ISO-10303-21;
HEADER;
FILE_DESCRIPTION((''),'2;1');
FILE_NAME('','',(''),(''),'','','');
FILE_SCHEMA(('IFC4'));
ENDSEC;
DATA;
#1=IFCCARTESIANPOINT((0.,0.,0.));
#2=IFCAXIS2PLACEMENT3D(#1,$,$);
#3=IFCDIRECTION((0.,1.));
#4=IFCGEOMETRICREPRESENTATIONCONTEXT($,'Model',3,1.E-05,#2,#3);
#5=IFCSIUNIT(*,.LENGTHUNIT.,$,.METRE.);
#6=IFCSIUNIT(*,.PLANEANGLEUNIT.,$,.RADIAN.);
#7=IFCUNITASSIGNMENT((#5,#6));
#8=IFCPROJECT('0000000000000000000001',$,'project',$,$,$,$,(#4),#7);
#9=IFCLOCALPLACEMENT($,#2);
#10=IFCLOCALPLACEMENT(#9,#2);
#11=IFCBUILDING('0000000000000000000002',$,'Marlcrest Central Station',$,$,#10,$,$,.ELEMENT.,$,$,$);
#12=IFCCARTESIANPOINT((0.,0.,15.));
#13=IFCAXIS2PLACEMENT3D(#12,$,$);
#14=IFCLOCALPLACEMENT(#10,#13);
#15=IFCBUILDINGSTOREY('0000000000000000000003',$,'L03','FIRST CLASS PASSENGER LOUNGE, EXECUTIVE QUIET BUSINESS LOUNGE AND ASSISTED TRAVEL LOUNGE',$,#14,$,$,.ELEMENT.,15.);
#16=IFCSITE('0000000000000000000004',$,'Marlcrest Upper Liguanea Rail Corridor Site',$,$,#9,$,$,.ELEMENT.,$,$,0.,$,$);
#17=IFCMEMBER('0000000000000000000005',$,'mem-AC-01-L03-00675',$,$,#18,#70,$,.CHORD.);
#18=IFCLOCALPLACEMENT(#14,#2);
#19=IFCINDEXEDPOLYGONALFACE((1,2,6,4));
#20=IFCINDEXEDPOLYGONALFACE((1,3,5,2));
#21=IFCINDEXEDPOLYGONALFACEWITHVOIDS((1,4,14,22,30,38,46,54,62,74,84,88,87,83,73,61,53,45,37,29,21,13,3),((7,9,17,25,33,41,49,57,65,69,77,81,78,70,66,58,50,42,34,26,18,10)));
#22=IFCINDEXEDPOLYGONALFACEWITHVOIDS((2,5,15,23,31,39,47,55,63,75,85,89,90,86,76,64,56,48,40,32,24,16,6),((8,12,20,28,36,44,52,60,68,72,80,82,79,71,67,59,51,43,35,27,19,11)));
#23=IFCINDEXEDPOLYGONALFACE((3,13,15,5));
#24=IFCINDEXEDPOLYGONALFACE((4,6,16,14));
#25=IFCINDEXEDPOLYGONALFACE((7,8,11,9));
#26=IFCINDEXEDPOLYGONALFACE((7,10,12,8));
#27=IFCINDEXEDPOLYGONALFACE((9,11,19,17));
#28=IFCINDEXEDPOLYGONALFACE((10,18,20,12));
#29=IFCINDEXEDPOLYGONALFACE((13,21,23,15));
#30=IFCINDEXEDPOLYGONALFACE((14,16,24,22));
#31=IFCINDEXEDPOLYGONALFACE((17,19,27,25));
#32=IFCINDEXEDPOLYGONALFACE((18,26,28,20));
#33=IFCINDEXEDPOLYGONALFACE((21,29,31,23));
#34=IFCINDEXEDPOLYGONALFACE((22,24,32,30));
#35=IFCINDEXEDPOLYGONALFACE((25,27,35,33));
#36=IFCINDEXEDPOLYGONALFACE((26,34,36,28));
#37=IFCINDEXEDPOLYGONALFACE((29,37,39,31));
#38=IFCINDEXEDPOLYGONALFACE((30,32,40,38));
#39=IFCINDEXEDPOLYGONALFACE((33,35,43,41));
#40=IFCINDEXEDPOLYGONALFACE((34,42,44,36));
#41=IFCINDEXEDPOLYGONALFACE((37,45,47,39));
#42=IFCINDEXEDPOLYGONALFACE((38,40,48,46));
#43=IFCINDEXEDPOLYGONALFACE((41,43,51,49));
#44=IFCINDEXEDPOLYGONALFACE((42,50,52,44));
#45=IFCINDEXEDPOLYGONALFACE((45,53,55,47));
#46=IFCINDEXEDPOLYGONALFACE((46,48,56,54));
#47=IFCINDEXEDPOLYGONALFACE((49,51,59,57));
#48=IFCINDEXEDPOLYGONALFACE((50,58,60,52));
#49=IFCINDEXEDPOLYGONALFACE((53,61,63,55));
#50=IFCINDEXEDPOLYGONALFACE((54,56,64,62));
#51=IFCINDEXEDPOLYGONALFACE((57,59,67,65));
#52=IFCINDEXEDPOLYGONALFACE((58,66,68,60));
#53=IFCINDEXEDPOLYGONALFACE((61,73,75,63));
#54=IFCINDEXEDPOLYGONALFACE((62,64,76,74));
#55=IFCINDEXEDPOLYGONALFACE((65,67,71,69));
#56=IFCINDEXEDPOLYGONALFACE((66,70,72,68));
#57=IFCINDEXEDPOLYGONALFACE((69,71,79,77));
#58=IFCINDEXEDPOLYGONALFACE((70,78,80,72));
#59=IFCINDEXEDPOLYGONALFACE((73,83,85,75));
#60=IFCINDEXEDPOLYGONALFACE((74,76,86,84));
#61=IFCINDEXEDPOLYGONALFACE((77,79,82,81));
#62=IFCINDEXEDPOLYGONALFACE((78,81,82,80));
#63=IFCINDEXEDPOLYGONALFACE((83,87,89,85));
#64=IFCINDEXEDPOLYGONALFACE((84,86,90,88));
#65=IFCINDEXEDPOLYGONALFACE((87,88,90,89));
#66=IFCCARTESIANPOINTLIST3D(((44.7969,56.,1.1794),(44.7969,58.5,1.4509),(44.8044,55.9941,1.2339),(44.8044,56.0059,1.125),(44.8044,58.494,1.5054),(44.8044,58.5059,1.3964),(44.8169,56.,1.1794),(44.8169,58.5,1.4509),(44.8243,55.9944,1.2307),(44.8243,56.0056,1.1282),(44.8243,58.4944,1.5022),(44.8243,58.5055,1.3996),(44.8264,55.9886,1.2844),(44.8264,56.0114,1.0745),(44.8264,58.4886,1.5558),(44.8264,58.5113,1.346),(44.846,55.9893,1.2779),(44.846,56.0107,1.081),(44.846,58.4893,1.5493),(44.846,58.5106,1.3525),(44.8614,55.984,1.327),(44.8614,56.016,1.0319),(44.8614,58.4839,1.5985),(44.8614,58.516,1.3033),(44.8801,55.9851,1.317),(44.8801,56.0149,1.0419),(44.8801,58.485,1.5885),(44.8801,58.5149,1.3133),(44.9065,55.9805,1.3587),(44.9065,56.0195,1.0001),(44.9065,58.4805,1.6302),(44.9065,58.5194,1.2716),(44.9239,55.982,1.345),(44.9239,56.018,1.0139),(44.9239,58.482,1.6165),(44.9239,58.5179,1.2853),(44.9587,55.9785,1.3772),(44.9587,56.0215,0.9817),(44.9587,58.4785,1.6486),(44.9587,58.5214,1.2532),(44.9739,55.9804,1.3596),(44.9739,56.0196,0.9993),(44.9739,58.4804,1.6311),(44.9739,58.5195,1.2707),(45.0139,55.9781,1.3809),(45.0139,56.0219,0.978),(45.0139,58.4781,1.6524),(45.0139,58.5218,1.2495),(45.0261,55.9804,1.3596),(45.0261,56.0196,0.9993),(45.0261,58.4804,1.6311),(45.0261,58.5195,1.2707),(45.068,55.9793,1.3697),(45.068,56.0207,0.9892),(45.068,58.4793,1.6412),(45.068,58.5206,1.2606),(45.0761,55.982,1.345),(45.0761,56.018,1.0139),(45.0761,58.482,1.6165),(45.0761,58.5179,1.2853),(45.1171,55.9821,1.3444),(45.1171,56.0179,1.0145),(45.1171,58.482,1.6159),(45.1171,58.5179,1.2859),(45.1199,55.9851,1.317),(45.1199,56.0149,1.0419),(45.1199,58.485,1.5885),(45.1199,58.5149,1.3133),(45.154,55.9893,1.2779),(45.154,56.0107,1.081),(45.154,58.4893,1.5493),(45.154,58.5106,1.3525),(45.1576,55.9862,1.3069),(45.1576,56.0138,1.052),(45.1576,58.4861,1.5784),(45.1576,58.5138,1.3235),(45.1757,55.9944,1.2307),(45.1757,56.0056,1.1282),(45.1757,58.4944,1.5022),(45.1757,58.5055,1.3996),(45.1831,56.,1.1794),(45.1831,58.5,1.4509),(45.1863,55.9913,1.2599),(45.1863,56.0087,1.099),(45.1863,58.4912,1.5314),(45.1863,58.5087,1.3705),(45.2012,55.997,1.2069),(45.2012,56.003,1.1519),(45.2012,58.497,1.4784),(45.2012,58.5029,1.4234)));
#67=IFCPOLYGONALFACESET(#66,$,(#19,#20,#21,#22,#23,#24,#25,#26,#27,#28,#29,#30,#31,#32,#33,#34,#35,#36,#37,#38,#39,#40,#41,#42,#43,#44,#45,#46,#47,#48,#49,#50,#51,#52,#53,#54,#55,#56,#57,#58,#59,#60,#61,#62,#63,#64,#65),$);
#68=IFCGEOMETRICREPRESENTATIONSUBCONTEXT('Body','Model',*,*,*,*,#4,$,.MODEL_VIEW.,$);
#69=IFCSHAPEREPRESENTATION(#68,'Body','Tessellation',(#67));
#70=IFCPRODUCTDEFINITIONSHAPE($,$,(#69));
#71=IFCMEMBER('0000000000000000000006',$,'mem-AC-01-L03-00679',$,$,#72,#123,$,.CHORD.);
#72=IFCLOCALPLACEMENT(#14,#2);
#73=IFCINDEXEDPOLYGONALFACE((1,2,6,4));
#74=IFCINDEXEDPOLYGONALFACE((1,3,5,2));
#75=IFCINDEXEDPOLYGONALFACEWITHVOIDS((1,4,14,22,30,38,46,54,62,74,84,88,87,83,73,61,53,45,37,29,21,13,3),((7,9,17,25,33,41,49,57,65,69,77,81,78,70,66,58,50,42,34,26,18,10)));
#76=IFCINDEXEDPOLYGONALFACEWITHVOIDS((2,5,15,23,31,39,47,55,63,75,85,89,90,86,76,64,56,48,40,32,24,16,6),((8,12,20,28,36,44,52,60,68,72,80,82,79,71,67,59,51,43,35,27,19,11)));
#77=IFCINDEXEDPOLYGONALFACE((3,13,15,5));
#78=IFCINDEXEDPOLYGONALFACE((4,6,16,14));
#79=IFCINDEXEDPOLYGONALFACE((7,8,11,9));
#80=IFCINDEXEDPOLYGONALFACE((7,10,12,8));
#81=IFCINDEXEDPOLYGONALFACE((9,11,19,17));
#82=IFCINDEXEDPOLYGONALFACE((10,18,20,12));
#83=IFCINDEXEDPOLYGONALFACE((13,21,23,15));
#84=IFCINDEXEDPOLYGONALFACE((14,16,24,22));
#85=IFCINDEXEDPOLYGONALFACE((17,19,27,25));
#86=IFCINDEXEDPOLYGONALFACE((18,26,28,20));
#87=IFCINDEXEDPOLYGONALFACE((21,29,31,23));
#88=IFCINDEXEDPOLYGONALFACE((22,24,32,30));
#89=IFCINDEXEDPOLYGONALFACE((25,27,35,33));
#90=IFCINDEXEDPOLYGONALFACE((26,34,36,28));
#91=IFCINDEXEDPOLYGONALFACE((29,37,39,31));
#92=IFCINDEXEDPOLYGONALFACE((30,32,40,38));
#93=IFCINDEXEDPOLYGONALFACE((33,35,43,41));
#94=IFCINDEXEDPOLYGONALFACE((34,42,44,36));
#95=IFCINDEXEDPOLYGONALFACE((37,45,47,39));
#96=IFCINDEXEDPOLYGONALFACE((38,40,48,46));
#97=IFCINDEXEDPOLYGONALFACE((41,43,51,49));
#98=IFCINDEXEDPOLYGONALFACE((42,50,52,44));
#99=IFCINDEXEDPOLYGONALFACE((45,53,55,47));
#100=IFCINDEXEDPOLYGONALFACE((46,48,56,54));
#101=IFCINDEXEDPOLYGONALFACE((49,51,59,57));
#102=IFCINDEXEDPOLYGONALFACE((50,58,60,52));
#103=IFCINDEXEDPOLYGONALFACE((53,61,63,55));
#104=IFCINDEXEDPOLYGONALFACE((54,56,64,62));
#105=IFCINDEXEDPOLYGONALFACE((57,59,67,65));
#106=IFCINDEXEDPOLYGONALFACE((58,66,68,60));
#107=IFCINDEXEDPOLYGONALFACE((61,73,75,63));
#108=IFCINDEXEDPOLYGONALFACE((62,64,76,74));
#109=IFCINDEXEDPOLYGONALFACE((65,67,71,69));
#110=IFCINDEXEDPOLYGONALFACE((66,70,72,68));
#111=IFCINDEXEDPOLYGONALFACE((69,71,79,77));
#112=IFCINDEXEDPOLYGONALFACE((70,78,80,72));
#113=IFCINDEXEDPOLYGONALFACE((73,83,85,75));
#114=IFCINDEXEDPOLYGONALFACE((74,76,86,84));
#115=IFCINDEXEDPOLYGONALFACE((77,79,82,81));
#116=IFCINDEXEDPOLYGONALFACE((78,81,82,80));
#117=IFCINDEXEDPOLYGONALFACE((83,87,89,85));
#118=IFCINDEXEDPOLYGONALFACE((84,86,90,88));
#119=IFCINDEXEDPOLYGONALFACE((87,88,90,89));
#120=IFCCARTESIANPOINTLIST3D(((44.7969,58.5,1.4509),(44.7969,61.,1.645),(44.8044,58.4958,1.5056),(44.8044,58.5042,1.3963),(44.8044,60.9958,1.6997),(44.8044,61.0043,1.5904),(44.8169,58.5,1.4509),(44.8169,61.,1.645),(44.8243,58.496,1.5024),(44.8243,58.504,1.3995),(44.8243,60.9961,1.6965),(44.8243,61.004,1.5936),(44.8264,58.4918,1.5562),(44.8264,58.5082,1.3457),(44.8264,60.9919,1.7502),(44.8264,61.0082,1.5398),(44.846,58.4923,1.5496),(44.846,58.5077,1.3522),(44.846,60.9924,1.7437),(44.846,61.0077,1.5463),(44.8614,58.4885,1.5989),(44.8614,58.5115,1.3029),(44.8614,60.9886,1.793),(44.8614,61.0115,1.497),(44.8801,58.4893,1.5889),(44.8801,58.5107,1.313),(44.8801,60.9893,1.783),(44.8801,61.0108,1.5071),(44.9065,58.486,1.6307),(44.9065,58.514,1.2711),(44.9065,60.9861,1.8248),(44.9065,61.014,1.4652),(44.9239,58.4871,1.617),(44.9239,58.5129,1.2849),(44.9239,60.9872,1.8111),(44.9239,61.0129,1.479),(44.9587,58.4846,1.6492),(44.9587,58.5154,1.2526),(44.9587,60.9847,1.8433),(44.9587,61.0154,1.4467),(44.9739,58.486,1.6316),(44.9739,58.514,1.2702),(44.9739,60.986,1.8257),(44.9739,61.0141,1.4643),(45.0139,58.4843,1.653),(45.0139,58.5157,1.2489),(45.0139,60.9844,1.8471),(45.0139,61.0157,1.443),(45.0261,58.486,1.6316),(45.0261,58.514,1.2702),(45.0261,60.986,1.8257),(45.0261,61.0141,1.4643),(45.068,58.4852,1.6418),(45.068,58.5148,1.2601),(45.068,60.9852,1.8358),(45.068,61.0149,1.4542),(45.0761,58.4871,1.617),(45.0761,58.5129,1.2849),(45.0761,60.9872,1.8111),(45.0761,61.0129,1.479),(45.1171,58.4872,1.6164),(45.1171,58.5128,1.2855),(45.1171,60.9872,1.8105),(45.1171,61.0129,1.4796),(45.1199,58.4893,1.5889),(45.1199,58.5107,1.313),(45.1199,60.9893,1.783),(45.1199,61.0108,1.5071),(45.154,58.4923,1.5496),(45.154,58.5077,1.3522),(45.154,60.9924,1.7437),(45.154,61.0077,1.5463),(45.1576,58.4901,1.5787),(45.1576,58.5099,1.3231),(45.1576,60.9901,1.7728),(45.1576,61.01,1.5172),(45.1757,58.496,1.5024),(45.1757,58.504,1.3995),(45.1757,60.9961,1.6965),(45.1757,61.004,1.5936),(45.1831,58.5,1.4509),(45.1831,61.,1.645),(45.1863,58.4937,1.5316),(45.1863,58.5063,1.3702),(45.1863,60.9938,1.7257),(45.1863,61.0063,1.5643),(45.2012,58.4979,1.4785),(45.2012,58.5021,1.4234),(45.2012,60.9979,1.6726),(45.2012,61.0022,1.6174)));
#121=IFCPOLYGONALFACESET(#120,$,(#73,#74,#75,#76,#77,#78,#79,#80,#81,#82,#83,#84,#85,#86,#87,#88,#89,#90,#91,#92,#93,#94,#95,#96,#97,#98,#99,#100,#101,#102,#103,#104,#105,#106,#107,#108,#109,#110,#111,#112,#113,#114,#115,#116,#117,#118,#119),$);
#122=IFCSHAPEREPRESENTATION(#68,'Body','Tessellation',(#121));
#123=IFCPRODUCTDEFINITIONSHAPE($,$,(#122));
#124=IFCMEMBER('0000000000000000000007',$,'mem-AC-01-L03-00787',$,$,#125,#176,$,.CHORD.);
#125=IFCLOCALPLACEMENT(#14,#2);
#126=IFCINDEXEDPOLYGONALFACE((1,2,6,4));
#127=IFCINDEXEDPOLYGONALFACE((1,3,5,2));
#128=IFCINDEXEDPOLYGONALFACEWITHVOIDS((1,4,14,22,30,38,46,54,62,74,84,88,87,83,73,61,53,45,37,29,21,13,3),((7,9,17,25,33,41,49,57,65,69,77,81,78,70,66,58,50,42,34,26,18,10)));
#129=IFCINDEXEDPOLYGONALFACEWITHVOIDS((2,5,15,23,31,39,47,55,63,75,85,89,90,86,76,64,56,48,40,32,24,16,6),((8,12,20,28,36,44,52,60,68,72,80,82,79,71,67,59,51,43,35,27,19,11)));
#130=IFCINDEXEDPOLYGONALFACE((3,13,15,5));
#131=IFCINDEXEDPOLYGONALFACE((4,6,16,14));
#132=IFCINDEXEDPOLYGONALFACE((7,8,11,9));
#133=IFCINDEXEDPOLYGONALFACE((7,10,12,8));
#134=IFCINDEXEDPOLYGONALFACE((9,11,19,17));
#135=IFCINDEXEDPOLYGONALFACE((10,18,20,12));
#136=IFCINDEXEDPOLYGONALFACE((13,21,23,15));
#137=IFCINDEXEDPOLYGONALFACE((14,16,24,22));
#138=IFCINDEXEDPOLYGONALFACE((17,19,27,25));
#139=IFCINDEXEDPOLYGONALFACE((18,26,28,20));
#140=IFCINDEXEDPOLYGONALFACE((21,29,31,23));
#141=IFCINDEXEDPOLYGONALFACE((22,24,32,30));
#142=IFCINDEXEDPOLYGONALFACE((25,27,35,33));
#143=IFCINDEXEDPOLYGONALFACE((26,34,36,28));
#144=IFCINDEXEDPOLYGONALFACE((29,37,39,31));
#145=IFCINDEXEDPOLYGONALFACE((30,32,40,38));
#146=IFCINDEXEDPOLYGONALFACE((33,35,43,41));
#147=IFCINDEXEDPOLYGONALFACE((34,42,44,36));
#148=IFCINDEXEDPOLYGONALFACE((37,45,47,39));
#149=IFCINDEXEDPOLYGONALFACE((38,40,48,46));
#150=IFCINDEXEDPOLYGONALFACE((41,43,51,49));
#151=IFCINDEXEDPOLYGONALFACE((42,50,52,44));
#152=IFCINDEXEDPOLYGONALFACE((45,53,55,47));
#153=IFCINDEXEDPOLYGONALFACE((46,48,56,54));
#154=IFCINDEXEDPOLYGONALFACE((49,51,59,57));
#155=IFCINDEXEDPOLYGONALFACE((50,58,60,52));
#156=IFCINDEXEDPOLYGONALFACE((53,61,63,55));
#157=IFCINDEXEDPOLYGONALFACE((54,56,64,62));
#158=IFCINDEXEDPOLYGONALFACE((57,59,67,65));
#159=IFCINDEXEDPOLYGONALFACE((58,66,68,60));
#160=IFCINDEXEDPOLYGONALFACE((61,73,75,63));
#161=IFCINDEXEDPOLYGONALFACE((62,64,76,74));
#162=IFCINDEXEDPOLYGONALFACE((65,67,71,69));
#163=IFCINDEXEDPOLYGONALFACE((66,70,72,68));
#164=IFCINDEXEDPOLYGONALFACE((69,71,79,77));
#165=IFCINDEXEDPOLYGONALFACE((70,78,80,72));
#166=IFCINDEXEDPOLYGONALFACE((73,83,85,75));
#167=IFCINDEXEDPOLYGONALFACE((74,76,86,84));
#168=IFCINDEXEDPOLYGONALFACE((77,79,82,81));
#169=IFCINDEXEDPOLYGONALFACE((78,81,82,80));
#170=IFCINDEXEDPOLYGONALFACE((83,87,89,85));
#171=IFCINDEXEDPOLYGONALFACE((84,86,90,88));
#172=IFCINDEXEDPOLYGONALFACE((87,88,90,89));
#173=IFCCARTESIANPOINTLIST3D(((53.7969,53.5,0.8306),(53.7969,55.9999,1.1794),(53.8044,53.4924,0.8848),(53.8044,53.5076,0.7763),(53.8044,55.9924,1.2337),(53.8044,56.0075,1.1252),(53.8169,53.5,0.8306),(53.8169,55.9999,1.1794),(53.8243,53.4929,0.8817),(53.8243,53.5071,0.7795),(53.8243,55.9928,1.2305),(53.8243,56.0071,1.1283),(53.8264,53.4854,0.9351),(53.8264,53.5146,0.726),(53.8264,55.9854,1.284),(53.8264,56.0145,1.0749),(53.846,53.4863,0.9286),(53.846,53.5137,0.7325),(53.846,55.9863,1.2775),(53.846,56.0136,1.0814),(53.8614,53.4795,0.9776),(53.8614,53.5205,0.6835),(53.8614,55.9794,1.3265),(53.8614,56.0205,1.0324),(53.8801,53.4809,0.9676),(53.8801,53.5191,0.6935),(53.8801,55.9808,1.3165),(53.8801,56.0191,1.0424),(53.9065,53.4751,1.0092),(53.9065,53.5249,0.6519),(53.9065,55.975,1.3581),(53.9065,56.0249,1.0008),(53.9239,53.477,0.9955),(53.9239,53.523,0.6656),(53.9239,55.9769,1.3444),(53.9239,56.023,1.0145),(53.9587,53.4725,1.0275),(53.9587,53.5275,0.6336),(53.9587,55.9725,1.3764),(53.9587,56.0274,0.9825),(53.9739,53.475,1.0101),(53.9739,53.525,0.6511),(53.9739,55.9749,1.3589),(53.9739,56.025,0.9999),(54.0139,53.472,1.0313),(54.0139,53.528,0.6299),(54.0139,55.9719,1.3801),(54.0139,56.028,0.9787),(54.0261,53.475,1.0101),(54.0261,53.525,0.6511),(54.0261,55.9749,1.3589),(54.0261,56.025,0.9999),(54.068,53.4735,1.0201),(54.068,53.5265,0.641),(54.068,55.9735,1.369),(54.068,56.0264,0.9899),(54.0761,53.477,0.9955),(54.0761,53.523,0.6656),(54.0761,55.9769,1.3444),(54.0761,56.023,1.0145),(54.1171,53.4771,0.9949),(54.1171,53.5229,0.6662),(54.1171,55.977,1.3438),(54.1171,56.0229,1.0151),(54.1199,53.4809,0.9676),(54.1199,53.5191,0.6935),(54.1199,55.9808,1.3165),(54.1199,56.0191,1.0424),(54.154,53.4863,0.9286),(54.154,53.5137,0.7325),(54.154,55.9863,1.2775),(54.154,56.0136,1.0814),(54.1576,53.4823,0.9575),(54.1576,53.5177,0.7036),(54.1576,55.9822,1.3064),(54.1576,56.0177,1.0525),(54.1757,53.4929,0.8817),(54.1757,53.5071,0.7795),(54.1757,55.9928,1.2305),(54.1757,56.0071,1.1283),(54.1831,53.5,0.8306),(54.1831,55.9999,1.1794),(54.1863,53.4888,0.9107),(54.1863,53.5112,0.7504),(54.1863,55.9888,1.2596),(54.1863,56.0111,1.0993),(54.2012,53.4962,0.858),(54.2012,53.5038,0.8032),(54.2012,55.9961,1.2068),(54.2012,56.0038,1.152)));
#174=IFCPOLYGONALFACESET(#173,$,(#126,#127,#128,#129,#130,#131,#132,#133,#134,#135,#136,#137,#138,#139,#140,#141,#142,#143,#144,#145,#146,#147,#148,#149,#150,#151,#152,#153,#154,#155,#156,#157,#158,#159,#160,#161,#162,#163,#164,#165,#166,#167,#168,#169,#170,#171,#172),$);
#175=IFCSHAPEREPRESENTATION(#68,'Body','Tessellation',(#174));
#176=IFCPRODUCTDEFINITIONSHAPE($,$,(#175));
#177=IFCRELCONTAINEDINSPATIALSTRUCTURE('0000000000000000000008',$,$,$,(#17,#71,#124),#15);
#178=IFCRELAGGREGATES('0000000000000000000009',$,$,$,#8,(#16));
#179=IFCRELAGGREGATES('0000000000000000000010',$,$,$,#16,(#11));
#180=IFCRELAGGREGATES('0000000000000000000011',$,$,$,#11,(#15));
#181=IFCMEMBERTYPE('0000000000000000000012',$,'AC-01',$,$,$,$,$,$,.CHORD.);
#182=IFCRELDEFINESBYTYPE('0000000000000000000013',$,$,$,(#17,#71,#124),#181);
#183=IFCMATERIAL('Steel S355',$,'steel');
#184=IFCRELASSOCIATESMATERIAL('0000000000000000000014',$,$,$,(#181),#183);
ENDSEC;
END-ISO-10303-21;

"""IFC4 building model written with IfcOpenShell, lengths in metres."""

from ifc_helpers import new_model, si_unit, direction, frame, origin, origin_2d, place, context, subcontext, project, spatial, hollow_circle, extrude, material, material_profile, profile_set, type_object, element, save


model = new_model("IFC4")

# Units and contexts
model_context = context("Model", 3, precision=1e-05, world=origin(), true_north=direction((0.0, 1.0)))
body_context = subcontext(model_context, "Body", "Model", "MODEL_VIEW")
ifc_project = project(units=[si_unit("LENGTHUNIT", "METRE"), si_unit("PLANEANGLEUNIT", "RADIAN")], contexts=[model_context])

# Site, building, storey
site_placement = place(None, origin())
site = spatial("IfcSite", under=ifc_project, at=site_placement, Name="Marlcrest Upper Liguanea Rail Corridor Site", CompositionType="ELEMENT", RefElevation=0.0)
building_placement = place(site_placement, origin())
building = spatial("IfcBuilding", under=site, at=building_placement, Name="Marlcrest Central Station", CompositionType="ELEMENT")
storey_placement = place(building_placement, frame((0.0, 0.0, 15.0)))
storey = spatial("IfcBuildingStorey", under=building, at=storey_placement, Name="L03", Description="FIRST CLASS PASSENGER LOUNGE, EXECUTIVE QUIET BUSINESS LOUNGE AND ASSISTED TRAVEL LOUNGE", CompositionType="ELEMENT", Elevation=15.0)

# Members
ifc_material_1 = material(Name="Steel S355", Category="steel")
ifc_material_profile_1 = material_profile(ifc_material_1, hollow_circle(Radius=0.2031, WallThickness=0.02, at=origin_2d()), Name="CHS 406.4x20")
ifc_profile_set_1 = profile_set([ifc_material_profile_1], Name="Steel S355")
member_type_1 = type_object("IfcMemberType", Name="AC-01", PredefinedType="CHORD", material=ifc_profile_set_1)
member_1_placement = place(storey_placement, frame((45.0, 56.0, 1.1794), z_axis=(0.0, 0.994155, 0.107959), x_axis=(-1.0, 0.0, 0.0)))
element("IfcMember", 1, at=member_1_placement, inside=storey, type_object=member_type_1, Name="mem-AC-01-L03-00675", PredefinedType="CHORD", context=body_context, shape_type="SweptSolid", body=[
    extrude(hollow_circle(Radius=0.2031, WallThickness=0.02, at=origin_2d()), origin(), (0.0, 0.0, 1.0), 2.5146),
])
member_2_placement = place(storey_placement, frame((45.0, 58.5, 1.4509), z_axis=(0.0, 0.997, 0.077404), x_axis=(-1.0, 0.0, 0.0)))
element("IfcMember", 2, at=member_2_placement, inside=storey, type_object=member_type_1, Name="mem-AC-01-L03-00679", PredefinedType="CHORD", context=body_context, shape_type="SweptSolid", body=[
    extrude(hollow_circle(Radius=0.2031, WallThickness=0.02, at=origin_2d()), origin(), (0.0, 0.0, 1.0), 2.5076),
])
member_3_placement = place(storey_placement, frame((54.0, 53.5, 0.8306), z_axis=(0.0, 0.990403, 0.138211), x_axis=(-1.0, 0.0, 0.0)))
element("IfcMember", 3, at=member_3_placement, inside=storey, type_object=member_type_1, Name="mem-AC-01-L03-00787", PredefinedType="CHORD", context=body_context, shape_type="SweptSolid", body=[
    extrude(hollow_circle(Radius=0.2031, WallThickness=0.02, at=origin_2d()), origin(), (0.0, 0.0, 1.0), 2.5242),
])

save(model, "model.ifc")
